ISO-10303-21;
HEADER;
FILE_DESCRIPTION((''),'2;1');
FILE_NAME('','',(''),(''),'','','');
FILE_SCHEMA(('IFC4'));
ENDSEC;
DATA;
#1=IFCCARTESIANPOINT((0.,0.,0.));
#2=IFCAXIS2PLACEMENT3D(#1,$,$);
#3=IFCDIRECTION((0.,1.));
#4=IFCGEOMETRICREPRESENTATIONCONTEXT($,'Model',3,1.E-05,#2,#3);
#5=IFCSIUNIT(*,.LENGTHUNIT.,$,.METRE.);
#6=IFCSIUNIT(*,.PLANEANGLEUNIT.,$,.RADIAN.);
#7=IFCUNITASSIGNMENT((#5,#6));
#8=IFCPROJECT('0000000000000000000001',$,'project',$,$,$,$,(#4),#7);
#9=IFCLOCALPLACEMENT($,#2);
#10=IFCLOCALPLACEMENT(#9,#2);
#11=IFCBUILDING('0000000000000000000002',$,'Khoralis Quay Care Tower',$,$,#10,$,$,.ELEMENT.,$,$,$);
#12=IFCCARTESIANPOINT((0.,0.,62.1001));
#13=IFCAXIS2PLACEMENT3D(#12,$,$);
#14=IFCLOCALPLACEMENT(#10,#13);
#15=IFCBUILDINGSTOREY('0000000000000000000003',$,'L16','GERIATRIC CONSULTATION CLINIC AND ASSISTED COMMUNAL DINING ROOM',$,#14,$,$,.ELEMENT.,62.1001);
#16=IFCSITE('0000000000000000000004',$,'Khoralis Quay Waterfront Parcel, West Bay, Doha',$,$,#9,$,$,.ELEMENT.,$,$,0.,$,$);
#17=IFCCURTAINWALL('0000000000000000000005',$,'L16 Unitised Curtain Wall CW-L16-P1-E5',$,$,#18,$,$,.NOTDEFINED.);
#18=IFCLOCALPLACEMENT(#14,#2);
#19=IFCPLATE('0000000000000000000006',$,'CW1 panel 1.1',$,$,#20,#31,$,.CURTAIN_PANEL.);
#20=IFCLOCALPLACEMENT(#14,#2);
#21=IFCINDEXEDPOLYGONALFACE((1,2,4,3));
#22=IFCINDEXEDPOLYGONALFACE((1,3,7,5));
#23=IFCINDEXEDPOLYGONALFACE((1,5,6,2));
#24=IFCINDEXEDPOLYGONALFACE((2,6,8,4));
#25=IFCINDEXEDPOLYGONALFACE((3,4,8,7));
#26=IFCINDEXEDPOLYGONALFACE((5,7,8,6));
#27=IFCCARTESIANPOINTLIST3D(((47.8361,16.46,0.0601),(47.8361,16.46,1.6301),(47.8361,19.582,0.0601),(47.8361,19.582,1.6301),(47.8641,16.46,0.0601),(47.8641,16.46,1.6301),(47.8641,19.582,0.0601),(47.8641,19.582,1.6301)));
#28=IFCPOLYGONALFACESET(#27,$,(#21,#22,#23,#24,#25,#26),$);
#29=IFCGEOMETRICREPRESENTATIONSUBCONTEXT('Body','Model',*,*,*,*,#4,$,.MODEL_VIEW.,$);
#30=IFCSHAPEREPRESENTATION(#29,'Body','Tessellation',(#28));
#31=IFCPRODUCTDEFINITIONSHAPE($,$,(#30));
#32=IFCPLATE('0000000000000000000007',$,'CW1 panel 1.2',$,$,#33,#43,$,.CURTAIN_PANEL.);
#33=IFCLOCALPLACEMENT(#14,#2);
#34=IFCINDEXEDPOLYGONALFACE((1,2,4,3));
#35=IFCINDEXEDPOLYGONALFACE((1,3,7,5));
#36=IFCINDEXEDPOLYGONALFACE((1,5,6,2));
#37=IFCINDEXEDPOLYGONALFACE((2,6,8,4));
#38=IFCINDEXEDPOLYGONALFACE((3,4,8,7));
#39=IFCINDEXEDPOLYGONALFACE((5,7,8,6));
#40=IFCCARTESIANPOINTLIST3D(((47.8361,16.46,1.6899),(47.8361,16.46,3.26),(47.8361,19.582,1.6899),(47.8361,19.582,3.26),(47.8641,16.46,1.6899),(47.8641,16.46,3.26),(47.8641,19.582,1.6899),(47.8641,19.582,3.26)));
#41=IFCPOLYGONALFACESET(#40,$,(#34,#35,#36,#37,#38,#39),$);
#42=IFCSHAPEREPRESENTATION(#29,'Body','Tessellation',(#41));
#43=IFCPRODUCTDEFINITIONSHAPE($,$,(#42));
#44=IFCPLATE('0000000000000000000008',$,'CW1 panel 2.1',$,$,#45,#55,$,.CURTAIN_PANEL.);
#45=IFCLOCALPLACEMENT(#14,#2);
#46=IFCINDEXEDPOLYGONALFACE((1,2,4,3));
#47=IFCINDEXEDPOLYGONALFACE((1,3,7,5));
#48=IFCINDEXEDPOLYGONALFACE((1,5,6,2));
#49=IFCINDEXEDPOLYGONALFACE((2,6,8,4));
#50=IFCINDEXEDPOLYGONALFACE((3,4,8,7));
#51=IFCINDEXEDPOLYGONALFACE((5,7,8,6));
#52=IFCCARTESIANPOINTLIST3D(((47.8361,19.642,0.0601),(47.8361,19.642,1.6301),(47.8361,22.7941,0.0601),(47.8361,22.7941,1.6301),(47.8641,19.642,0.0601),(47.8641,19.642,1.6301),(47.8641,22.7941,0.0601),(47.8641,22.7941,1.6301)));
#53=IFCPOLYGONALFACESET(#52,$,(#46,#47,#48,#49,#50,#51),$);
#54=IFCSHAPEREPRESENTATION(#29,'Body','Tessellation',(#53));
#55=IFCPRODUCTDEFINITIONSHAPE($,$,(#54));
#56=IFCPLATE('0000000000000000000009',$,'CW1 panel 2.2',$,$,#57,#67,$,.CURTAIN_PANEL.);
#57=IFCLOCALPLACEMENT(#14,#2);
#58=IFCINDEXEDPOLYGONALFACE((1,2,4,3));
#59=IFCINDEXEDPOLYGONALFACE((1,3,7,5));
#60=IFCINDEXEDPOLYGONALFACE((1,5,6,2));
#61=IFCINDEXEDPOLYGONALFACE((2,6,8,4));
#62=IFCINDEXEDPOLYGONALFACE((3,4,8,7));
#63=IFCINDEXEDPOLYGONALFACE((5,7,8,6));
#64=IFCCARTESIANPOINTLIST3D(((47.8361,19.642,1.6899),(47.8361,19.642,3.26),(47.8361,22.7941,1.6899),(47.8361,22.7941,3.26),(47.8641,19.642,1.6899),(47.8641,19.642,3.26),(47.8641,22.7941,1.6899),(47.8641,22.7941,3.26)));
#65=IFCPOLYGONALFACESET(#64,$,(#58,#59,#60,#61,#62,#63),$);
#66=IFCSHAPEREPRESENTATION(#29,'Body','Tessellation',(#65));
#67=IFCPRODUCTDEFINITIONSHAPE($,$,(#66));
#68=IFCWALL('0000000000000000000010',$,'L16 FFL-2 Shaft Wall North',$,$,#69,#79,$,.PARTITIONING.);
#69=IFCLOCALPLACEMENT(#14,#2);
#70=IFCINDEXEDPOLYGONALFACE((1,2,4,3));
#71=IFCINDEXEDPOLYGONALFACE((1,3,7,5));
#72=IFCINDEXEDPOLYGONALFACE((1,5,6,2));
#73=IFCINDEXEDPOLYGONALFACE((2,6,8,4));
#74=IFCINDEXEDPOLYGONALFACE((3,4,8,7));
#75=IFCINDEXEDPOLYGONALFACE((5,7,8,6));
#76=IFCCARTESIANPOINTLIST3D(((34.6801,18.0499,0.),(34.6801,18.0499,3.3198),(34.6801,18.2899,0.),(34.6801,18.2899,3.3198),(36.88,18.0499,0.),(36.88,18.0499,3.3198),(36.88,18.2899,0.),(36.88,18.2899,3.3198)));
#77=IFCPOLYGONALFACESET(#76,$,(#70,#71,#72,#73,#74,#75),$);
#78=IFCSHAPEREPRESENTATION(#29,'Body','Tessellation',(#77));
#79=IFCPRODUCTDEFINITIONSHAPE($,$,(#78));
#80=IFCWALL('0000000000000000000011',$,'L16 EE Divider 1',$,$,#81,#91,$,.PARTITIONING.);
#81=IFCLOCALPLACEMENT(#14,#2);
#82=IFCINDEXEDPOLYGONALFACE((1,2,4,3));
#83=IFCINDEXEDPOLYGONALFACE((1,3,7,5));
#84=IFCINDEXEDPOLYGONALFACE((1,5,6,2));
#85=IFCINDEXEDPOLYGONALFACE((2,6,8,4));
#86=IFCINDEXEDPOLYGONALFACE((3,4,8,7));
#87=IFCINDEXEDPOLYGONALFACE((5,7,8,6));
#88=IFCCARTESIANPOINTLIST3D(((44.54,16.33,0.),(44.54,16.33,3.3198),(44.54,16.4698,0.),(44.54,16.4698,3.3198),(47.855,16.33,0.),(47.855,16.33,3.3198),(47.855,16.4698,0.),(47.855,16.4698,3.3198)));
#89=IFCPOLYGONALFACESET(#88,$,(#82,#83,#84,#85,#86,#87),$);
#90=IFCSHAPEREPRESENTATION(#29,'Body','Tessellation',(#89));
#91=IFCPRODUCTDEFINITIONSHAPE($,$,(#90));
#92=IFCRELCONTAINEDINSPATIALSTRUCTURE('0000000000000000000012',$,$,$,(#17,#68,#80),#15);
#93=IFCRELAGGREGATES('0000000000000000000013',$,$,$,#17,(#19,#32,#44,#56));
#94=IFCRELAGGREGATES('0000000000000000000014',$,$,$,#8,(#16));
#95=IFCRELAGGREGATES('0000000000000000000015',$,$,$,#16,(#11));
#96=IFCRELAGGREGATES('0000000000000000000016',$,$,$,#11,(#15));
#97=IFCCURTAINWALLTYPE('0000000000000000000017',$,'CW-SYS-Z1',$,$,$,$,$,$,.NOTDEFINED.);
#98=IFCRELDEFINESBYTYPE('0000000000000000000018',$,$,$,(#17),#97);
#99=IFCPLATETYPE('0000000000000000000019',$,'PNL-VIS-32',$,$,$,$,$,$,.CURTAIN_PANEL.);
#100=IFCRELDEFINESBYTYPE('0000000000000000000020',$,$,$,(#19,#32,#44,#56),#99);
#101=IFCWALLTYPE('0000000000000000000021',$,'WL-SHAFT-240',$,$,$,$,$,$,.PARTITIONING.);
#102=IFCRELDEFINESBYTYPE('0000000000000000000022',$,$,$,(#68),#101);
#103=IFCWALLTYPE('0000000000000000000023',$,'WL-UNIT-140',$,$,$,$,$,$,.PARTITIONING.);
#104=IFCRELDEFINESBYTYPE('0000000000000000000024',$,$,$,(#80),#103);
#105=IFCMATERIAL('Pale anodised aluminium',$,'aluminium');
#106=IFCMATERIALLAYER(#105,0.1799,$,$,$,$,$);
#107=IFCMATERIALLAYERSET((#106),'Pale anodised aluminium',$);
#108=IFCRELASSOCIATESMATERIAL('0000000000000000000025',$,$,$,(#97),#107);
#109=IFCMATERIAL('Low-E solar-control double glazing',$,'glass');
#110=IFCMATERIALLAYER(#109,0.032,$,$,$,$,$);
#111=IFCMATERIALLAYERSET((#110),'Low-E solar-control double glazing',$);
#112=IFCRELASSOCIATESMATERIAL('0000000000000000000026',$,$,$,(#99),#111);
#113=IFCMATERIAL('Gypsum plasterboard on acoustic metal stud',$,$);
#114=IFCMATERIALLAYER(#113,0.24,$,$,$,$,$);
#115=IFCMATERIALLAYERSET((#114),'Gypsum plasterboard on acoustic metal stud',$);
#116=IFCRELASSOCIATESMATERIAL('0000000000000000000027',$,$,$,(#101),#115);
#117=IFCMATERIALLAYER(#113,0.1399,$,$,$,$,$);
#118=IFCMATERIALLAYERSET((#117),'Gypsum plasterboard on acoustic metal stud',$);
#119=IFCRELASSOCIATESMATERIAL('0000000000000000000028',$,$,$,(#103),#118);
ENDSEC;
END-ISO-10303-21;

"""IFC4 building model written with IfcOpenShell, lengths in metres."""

from ifc_helpers import new_model, si_unit, direction, frame, frame_2d, origin, origin_2d, place, context, subcontext, project, spatial, rectangle, extrude, source, transform, mapped, material, layer, layer_set, type_object, element, aggregate, save


model = new_model("IFC4")

# Units and contexts
model_context = context("Model", 3, precision=1e-05, world=origin(), true_north=direction((0.0, 1.0)))
body_context = subcontext(model_context, "Body", "Model", "MODEL_VIEW")
ifc_project = project(units=[si_unit("LENGTHUNIT", "METRE"), si_unit("PLANEANGLEUNIT", "RADIAN")], contexts=[model_context])

# Site, building, storey
site_placement = place(None, origin())
site = spatial("IfcSite", under=ifc_project, at=site_placement, Name="Khoralis Quay Waterfront Parcel, West Bay, Doha", CompositionType="ELEMENT", RefElevation=0.0)
building_placement = place(site_placement, origin())
building = spatial("IfcBuilding", under=site, at=building_placement, Name="Khoralis Quay Care Tower", CompositionType="ELEMENT")
storey_placement = place(building_placement, frame((0.0, 0.0, 62.1001)))
storey = spatial("IfcBuildingStorey", under=building, at=storey_placement, Name="L16", Description="GERIATRIC CONSULTATION CLINIC AND ASSISTED COMMUNAL DINING ROOM", CompositionType="ELEMENT", Elevation=62.1001)

# Curtain wall, plates
ifc_material_1 = material(Name="Pale anodised aluminium", Category="aluminium")
ifc_layer_1 = layer(ifc_material_1, 0.1799)
ifc_layer_set_1 = layer_set([ifc_layer_1], Name="Pale anodised aluminium")
curtain_wall_type = type_object("IfcCurtainWallType", Name="CW-SYS-Z1", PredefinedType="NOTDEFINED", material=ifc_layer_set_1)
curtain_wall_placement = place(storey_placement, origin())
curtain_wall = element("IfcCurtainWall", 1, at=curtain_wall_placement, inside=storey, type_object=curtain_wall_type, Name="L16 Unitised Curtain Wall CW-L16-P1-E5", PredefinedType="NOTDEFINED")
ifc_material_2 = material(Name="Low-E solar-control double glazing", Category="glass")
ifc_layer_2 = layer(ifc_material_2, 0.032)
ifc_layer_set_2 = layer_set([ifc_layer_2], Name="Low-E solar-control double glazing")
plate_type = type_object("IfcPlateType", Name="PNL-VIS-32", PredefinedType="CURTAIN_PANEL", material=ifc_layer_set_2)
shared_shape_1 = source(origin(), body_context, "Body", "SweptSolid", [
    extrude(rectangle(XDim=3.1221, YDim=0.0281, at=origin_2d()), origin(), (0.0, 0.0, 1.0), 1.5701),
])
plate_1_placement = place(storey_placement, frame((47.8501, 18.021, 0.0601), z_axis=(0.0, 0.0, 1.0), x_axis=(0.0, 1.0, 0.0)))
plate_1 = element("IfcPlate", 2, at=plate_1_placement, type_object=plate_type, Name="CW1 panel 1.1", PredefinedType="CURTAIN_PANEL", context=body_context, shape_type="MappedRepresentation", body=[
    mapped(shared_shape_1, transform((0.0, 0.0, 0.0), scale=1.0)),
])
plate_2_placement = place(storey_placement, frame((47.8501, 18.021, 1.6899), z_axis=(0.0, 0.0, 1.0), x_axis=(0.0, 1.0, 0.0)))
plate_2 = element("IfcPlate", 3, at=plate_2_placement, type_object=plate_type, Name="CW1 panel 1.2", PredefinedType="CURTAIN_PANEL", context=body_context, shape_type="MappedRepresentation", body=[
    mapped(shared_shape_1, transform((0.0, 0.0, 0.0), scale=1.0)),
])
shared_shape_2 = source(origin(), body_context, "Body", "SweptSolid", [
    extrude(rectangle(XDim=3.1521, YDim=0.0281, at=origin_2d()), origin(), (0.0, 0.0, 1.0), 1.5701),
])
plate_3_placement = place(storey_placement, frame((47.8501, 21.218, 0.0601), z_axis=(0.0, 0.0, 1.0), x_axis=(0.0, 1.0, 0.0)))
plate_3 = element("IfcPlate", 4, at=plate_3_placement, type_object=plate_type, Name="CW1 panel 2.1", PredefinedType="CURTAIN_PANEL", context=body_context, shape_type="MappedRepresentation", body=[
    mapped(shared_shape_2, transform((0.0, 0.0, 0.0), scale=1.0)),
])
plate_4_placement = place(storey_placement, frame((47.8501, 21.218, 1.6899), z_axis=(0.0, 0.0, 1.0), x_axis=(0.0, 1.0, 0.0)))
plate_4 = element("IfcPlate", 5, at=plate_4_placement, type_object=plate_type, Name="CW1 panel 2.2", PredefinedType="CURTAIN_PANEL", context=body_context, shape_type="MappedRepresentation", body=[
    mapped(shared_shape_2, transform((0.0, 0.0, 0.0), scale=1.0)),
])
aggregate(curtain_wall, [plate_1, plate_2, plate_3, plate_4])

# Walls
ifc_material_3 = material(Name="Gypsum plasterboard on acoustic metal stud")
ifc_layer_3 = layer(ifc_material_3, 0.24)
ifc_layer_set_3 = layer_set([ifc_layer_3], Name="Gypsum plasterboard on acoustic metal stud")
wall_type_1 = type_object("IfcWallType", Name="WL-SHAFT-240", PredefinedType="PARTITIONING", material=ifc_layer_set_3)
wall_1_placement = place(storey_placement, frame((34.6799, 18.1699, 0.0), z_axis=(0.0, 0.0, 1.0), x_axis=(1.0, 0.0, 0.0)))
element("IfcWall", 6, at=wall_1_placement, inside=storey, type_object=wall_type_1, Name="L16 FFL-2 Shaft Wall North", PredefinedType="PARTITIONING", context=body_context, shape_type="SweptSolid", body=[
    extrude(rectangle(XDim=2.2, YDim=0.24, at=frame_2d((1.1001, 0.0))), origin(), (0.0, 0.0, 1.0), 3.3198),
])
ifc_layer_4 = layer(ifc_material_3, 0.1399)
ifc_layer_set_4 = layer_set([ifc_layer_4], Name="Gypsum plasterboard on acoustic metal stud")
wall_type_2 = type_object("IfcWallType", Name="WL-UNIT-140", PredefinedType="PARTITIONING", material=ifc_layer_set_4)
wall_2_placement = place(storey_placement, frame((44.54, 16.3999, 0.0), z_axis=(0.0, 0.0, 1.0), x_axis=(1.0, 0.0, 0.0)))
element("IfcWall", 7, at=wall_2_placement, inside=storey, type_object=wall_type_2, Name="L16 EE Divider 1", PredefinedType="PARTITIONING", context=body_context, shape_type="SweptSolid", body=[
    extrude(rectangle(XDim=3.3149, YDim=0.1399, at=frame_2d((1.6575, 0.0))), origin(), (0.0, 0.0, 1.0), 3.3198),
])

save(model, "model.ifc")
